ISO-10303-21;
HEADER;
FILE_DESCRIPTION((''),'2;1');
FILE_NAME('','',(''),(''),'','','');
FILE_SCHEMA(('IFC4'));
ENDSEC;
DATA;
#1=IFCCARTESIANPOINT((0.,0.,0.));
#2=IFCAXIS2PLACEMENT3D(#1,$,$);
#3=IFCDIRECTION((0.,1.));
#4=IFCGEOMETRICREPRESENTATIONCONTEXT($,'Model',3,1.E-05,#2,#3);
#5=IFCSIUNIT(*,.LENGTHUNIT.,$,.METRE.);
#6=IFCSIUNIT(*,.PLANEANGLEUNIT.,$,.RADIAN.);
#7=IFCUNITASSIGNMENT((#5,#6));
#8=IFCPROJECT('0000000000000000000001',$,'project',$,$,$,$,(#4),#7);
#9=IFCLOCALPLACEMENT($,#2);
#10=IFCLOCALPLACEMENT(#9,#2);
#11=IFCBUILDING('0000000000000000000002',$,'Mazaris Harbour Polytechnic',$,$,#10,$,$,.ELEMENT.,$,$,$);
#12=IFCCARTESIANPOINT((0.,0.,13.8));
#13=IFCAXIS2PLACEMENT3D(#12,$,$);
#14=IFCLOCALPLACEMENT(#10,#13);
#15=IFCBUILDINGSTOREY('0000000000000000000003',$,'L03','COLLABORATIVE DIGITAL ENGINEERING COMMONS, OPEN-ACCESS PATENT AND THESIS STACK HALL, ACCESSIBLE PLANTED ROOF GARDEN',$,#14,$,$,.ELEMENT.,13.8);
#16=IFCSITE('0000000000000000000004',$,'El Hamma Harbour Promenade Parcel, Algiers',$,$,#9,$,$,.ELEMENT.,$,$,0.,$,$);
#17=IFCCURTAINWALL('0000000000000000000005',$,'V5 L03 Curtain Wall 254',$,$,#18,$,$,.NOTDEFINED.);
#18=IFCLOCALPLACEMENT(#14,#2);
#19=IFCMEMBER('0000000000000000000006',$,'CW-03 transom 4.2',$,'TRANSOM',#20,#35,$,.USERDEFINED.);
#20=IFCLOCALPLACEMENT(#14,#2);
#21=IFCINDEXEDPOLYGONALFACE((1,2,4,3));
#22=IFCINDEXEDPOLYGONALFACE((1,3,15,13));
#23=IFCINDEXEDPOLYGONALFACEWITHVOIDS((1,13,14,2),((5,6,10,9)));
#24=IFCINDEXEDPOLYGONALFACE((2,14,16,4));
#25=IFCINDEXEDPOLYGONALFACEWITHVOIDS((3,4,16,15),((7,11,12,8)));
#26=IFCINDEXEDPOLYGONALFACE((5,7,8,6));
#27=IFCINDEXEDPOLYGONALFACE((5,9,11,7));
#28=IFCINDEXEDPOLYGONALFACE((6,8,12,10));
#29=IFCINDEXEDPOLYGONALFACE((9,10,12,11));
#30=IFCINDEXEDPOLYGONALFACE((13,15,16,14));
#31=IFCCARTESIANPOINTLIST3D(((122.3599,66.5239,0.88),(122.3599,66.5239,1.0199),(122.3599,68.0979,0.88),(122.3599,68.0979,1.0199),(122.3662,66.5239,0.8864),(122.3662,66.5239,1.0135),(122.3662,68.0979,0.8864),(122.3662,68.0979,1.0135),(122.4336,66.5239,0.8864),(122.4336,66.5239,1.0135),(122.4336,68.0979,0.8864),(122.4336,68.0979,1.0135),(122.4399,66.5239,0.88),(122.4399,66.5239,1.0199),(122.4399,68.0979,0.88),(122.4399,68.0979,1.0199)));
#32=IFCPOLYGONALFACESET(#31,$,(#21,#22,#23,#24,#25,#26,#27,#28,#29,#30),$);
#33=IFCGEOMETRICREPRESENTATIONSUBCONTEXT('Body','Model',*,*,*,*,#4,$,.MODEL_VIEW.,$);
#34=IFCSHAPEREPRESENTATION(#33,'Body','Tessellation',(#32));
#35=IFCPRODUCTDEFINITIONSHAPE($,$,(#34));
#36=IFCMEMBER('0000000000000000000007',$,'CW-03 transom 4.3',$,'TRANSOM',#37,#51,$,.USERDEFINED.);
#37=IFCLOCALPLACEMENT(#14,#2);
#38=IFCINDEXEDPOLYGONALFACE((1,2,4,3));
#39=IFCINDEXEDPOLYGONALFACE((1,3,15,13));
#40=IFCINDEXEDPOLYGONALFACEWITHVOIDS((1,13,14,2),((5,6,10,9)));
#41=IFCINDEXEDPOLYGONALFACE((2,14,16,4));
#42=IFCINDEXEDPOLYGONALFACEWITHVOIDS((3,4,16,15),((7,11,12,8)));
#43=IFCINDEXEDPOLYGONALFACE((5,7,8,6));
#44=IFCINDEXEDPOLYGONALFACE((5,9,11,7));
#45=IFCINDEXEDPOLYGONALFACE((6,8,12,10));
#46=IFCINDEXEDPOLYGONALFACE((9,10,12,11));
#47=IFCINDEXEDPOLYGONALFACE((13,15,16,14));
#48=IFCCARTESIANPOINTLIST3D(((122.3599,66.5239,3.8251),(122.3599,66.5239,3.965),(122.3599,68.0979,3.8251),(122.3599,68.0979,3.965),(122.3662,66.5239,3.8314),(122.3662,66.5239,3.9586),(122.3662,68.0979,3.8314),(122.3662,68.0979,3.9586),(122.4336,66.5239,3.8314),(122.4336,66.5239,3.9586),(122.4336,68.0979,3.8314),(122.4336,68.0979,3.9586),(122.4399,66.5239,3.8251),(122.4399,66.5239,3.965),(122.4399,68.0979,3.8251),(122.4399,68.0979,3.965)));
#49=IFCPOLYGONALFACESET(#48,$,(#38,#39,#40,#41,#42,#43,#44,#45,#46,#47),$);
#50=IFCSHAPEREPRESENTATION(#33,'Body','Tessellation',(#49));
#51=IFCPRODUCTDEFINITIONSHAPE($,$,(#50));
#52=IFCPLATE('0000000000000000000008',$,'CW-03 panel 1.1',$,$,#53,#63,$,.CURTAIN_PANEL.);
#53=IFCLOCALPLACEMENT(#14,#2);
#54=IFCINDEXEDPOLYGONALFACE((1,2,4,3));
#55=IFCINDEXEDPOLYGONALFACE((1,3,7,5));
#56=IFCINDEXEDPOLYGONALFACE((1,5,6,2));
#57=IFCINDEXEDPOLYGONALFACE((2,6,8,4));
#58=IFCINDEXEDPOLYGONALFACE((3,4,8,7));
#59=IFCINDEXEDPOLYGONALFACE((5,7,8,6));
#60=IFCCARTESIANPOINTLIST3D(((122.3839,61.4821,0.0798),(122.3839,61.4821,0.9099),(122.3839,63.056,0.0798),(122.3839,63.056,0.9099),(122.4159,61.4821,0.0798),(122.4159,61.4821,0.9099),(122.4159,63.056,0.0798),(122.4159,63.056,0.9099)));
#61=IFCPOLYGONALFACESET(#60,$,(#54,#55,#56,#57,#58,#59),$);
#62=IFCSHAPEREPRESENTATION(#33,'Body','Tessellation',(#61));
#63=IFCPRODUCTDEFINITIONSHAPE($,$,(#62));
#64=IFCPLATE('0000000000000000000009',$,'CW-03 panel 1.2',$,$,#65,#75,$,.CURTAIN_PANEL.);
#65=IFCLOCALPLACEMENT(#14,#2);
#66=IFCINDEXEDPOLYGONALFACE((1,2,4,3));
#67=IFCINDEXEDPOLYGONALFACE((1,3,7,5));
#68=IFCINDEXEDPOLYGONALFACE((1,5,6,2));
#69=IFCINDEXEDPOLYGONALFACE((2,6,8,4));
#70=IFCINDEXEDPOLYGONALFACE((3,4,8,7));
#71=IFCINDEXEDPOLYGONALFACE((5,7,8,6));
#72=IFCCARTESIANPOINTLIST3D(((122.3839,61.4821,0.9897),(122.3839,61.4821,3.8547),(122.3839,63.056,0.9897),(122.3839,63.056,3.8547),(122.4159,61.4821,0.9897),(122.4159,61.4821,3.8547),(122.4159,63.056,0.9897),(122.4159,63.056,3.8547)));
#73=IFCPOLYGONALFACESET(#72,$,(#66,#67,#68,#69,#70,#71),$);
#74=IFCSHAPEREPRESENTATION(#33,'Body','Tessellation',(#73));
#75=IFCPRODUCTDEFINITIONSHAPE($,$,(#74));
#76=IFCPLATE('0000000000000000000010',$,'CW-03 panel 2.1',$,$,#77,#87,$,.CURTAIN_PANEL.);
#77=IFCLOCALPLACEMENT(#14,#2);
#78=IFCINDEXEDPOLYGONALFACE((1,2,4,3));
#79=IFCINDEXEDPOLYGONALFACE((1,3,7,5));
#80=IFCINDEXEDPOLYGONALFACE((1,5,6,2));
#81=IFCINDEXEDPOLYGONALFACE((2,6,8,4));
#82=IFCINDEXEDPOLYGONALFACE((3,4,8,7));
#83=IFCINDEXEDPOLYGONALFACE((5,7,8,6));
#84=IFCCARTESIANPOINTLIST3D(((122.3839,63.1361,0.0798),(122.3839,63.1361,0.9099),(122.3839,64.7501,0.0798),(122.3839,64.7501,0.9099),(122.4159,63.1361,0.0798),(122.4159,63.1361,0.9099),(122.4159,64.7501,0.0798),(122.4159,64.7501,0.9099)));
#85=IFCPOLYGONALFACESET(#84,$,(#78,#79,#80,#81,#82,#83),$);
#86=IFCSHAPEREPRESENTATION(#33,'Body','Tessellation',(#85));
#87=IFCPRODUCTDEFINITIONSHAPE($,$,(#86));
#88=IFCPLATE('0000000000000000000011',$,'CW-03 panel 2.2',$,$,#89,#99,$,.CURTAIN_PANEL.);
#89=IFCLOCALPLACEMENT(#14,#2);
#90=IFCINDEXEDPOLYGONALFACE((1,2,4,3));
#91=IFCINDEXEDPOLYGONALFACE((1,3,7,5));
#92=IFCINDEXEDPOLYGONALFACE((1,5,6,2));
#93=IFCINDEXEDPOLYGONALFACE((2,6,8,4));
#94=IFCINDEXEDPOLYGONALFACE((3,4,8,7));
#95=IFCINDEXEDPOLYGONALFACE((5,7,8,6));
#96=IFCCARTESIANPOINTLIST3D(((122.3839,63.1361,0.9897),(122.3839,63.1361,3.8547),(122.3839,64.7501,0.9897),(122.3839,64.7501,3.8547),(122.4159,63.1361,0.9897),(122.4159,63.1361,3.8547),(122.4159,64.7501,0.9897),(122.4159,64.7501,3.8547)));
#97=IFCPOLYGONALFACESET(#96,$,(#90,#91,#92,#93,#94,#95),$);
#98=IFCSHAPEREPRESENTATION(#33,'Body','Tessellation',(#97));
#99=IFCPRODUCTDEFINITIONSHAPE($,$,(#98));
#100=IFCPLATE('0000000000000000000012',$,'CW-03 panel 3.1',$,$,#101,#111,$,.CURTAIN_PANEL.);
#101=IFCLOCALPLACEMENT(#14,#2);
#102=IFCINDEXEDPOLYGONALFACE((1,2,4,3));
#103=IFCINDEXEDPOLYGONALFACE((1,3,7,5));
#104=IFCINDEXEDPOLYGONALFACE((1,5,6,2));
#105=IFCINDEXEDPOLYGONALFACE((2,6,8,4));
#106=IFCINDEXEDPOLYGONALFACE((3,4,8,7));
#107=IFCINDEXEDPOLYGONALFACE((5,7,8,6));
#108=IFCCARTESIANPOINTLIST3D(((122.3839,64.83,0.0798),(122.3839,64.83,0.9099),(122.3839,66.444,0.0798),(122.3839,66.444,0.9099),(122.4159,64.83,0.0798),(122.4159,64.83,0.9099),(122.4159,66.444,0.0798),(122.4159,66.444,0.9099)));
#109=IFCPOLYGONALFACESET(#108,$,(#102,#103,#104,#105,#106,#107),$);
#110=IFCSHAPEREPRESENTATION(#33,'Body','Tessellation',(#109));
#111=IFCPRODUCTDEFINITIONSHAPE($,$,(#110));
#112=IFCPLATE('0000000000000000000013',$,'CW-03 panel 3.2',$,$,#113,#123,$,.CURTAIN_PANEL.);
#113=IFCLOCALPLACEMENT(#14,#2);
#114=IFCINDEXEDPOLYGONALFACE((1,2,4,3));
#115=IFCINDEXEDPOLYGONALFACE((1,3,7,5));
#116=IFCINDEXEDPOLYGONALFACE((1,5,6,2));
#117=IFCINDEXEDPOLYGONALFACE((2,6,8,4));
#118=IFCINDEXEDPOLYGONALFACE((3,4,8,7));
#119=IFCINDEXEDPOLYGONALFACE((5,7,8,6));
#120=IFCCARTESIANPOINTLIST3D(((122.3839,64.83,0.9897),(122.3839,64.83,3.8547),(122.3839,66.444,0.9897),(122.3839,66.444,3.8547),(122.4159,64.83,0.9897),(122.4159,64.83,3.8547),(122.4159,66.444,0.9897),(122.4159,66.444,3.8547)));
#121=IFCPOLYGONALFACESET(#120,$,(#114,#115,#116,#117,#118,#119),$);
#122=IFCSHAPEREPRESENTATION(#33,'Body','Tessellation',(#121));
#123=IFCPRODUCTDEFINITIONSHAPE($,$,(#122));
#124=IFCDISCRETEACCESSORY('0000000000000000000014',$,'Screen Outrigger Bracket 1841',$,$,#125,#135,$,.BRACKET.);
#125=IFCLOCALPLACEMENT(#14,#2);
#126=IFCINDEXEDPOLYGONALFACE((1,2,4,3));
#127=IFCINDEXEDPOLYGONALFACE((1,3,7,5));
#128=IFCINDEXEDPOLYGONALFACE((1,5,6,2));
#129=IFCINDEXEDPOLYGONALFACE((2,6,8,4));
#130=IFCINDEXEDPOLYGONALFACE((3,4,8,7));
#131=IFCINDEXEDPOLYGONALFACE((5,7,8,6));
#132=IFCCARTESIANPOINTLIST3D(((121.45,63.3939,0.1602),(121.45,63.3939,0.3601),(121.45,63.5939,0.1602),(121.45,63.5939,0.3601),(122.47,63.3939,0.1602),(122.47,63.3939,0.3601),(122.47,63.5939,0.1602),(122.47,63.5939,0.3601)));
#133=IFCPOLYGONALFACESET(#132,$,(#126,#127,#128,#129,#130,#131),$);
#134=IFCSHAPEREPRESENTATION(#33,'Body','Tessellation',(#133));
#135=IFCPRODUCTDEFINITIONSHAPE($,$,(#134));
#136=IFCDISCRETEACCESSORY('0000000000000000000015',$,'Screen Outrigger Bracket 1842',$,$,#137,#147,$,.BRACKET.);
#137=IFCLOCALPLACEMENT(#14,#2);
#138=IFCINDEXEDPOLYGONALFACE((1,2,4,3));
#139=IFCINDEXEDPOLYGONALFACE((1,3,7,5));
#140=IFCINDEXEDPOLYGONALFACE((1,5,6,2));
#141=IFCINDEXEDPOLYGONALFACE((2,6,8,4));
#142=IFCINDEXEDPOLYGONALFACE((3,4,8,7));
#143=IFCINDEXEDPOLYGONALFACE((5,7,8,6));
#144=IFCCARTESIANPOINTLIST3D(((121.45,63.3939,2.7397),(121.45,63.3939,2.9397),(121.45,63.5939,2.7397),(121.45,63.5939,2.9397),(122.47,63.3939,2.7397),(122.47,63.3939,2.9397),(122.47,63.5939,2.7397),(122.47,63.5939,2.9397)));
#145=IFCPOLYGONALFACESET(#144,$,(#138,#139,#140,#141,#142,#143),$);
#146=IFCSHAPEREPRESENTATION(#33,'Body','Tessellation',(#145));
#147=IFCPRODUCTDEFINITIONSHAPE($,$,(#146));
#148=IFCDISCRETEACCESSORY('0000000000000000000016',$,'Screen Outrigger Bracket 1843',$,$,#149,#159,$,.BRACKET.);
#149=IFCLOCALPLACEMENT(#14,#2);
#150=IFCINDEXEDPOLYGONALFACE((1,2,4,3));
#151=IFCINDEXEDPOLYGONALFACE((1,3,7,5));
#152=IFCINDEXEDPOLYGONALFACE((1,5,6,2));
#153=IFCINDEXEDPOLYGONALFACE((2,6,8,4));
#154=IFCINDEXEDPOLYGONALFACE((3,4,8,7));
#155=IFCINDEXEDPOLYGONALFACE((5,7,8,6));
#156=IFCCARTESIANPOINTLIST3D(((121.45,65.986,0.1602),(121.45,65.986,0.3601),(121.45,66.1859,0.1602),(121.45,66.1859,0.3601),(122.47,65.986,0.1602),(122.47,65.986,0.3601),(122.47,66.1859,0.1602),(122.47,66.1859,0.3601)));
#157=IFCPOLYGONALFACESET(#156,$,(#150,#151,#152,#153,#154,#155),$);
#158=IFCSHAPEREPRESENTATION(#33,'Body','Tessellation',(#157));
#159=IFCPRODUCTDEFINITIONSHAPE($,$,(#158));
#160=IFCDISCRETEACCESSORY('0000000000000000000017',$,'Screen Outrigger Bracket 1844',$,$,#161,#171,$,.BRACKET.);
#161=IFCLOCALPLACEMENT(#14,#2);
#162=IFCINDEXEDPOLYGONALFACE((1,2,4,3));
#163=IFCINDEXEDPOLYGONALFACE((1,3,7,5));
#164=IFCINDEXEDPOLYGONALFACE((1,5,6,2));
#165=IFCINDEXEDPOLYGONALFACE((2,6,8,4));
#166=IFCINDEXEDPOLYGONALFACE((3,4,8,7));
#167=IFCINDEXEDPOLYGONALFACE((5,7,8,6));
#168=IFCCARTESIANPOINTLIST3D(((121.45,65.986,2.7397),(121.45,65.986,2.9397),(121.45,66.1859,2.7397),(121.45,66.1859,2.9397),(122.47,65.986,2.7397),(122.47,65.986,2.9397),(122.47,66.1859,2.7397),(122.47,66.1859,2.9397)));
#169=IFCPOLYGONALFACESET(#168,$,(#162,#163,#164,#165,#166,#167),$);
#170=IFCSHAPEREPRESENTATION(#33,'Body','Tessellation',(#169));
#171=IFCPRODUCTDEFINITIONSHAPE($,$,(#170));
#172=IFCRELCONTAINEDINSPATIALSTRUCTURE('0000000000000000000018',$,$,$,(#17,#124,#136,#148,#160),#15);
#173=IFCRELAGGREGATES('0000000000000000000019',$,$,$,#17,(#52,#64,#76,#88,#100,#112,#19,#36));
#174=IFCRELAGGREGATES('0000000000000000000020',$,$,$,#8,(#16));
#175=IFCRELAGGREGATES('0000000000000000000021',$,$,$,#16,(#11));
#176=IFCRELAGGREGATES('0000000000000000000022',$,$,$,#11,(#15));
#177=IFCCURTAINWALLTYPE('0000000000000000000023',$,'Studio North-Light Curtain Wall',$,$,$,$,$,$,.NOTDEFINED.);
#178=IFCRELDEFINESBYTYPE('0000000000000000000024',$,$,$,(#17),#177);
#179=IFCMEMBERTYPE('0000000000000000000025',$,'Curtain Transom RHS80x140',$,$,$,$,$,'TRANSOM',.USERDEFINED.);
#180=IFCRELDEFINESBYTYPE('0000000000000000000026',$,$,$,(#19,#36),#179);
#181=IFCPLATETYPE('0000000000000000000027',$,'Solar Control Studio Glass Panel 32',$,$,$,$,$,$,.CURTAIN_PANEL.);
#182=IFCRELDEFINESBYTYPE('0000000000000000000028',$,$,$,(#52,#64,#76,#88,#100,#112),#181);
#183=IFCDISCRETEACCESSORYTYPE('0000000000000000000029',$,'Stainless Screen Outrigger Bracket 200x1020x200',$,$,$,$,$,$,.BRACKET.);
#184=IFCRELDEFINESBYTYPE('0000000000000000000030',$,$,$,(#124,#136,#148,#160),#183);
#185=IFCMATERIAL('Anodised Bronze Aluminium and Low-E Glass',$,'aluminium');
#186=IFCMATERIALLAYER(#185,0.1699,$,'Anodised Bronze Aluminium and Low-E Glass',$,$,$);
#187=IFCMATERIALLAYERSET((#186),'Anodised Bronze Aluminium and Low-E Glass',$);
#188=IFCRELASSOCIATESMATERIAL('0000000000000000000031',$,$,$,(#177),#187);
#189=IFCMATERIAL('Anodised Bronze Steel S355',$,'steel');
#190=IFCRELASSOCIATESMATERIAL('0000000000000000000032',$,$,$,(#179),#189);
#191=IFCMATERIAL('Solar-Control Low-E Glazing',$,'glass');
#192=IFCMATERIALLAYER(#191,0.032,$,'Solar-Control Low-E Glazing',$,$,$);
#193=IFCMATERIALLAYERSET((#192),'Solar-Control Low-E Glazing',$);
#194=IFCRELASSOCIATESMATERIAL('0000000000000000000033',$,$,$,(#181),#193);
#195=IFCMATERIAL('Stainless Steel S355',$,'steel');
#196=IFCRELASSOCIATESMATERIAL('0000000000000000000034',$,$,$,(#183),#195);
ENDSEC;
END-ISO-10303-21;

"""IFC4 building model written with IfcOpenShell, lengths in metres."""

from ifc_helpers import new_model, si_unit, direction, frame, origin, origin_2d, place, context, subcontext, project, spatial, rectangle, hollow_rectangle, extrude, material, layer, layer_set, material_profile, profile_set, type_object, element, aggregate, save


model = new_model("IFC4")

# Units and contexts
model_context = context("Model", 3, precision=1e-05, world=origin(), true_north=direction((0.0, 1.0)))
body_context = subcontext(model_context, "Body", "Model", "MODEL_VIEW")
ifc_project = project(units=[si_unit("LENGTHUNIT", "METRE"), si_unit("PLANEANGLEUNIT", "RADIAN")], contexts=[model_context])

# Site, building, storey
site_placement = place(None, origin())
site = spatial("IfcSite", under=ifc_project, at=site_placement, Name="El Hamma Harbour Promenade Parcel, Algiers", CompositionType="ELEMENT", RefElevation=0.0)
building_placement = place(site_placement, origin())
building = spatial("IfcBuilding", under=site, at=building_placement, Name="Mazaris Harbour Polytechnic", CompositionType="ELEMENT")
storey_placement = place(building_placement, frame((0.0, 0.0, 13.8)))
storey = spatial("IfcBuildingStorey", under=building, at=storey_placement, Name="L03", Description="COLLABORATIVE DIGITAL ENGINEERING COMMONS, OPEN-ACCESS PATENT AND THESIS STACK HALL, ACCESSIBLE PLANTED ROOF GARDEN", CompositionType="ELEMENT", Elevation=13.8)

# Curtain wall, members, plates
ifc_material_1 = material(Name="Anodised Bronze Aluminium and Low-E Glass", Category="aluminium")
ifc_layer_1 = layer(ifc_material_1, 0.1699, Name="Anodised Bronze Aluminium and Low-E Glass")
ifc_layer_set_1 = layer_set([ifc_layer_1], Name="Anodised Bronze Aluminium and Low-E Glass")
curtain_wall_type = type_object("IfcCurtainWallType", Name="Studio North-Light Curtain Wall", PredefinedType="NOTDEFINED", material=ifc_layer_set_1)
curtain_wall_placement = place(storey_placement, origin())
curtain_wall = element("IfcCurtainWall", 1, at=curtain_wall_placement, inside=storey, type_object=curtain_wall_type, Name="V5 L03 Curtain Wall 254", PredefinedType="NOTDEFINED")
ifc_material_2 = material(Name="Anodised Bronze Steel S355", Category="steel")
ifc_material_profile_1 = material_profile(ifc_material_2, hollow_rectangle(XDim=0.0801, YDim=0.1399, WallThickness=0.0063, at=origin_2d()), Name="RHS 80x140x6.3")
ifc_profile_set_1 = profile_set([ifc_material_profile_1], Name="Anodised Bronze Steel S355")
member_type_1 = type_object("IfcMemberType", Name="Curtain Transom RHS80x140", ElementType="TRANSOM", PredefinedType="USERDEFINED", material=ifc_profile_set_1)
member_1_placement = place(storey_placement, frame((122.3999, 66.5239, 0.95), z_axis=(0.0, 1.0, 0.0), x_axis=(-1.0, 0.0, 0.0)))
member_1 = element("IfcMember", 2, at=member_1_placement, type_object=member_type_1, Name="CW-03 transom 4.2", ObjectType="TRANSOM", PredefinedType="USERDEFINED", context=body_context, shape_type="SweptSolid", body=[
    extrude(hollow_rectangle(XDim=0.0801, YDim=0.1399, WallThickness=0.0063, at=origin_2d()), origin(), (0.0, 0.0, 1.0), 1.574),
])
member_2_placement = place(storey_placement, frame((122.3999, 66.5239, 3.895), z_axis=(0.0, 1.0, 0.0), x_axis=(-1.0, 0.0, 0.0)))
member_2 = element("IfcMember", 3, at=member_2_placement, type_object=member_type_1, Name="CW-03 transom 4.3", ObjectType="TRANSOM", PredefinedType="USERDEFINED", context=body_context, shape_type="SweptSolid", body=[
    extrude(hollow_rectangle(XDim=0.0801, YDim=0.1399, WallThickness=0.0063, at=origin_2d()), origin(), (0.0, 0.0, 1.0), 1.574),
])
ifc_material_3 = material(Name="Solar-Control Low-E Glazing", Category="glass")
ifc_layer_2 = layer(ifc_material_3, 0.032, Name="Solar-Control Low-E Glazing")
ifc_layer_set_2 = layer_set([ifc_layer_2], Name="Solar-Control Low-E Glazing")
plate_type = type_object("IfcPlateType", Name="Solar Control Studio Glass Panel 32", PredefinedType="CURTAIN_PANEL", material=ifc_layer_set_2)
plate_1_placement = place(storey_placement, frame((122.3999, 62.269, 0.0798), z_axis=(0.0, 0.0, 1.0), x_axis=(0.0, 1.0, 0.0)))
plate_1 = element("IfcPlate", 4, at=plate_1_placement, type_object=plate_type, Name="CW-03 panel 1.1", PredefinedType="CURTAIN_PANEL", context=body_context, shape_type="SweptSolid", body=[
    extrude(rectangle(XDim=1.574, YDim=0.032, at=origin_2d()), origin(), (0.0, 0.0, 1.0), 0.8301),
])
plate_2_placement = place(storey_placement, frame((122.3999, 62.269, 0.9897), z_axis=(0.0, 0.0, 1.0), x_axis=(0.0, 1.0, 0.0)))
plate_2 = element("IfcPlate", 5, at=plate_2_placement, type_object=plate_type, Name="CW-03 panel 1.2", PredefinedType="CURTAIN_PANEL", context=body_context, shape_type="SweptSolid", body=[
    extrude(rectangle(XDim=1.574, YDim=0.032, at=origin_2d()), origin(), (0.0, 0.0, 1.0), 2.865),
])
plate_3_placement = place(storey_placement, frame((122.3999, 63.9431, 0.0798), z_axis=(0.0, 0.0, 1.0), x_axis=(0.0, 1.0, 0.0)))
plate_3 = element("IfcPlate", 6, at=plate_3_placement, type_object=plate_type, Name="CW-03 panel 2.1", PredefinedType="CURTAIN_PANEL", context=body_context, shape_type="SweptSolid", body=[
    extrude(rectangle(XDim=1.614, YDim=0.032, at=origin_2d()), origin(), (0.0, 0.0, 1.0), 0.8301),
])
plate_4_placement = place(storey_placement, frame((122.3999, 63.9431, 0.9897), z_axis=(0.0, 0.0, 1.0), x_axis=(0.0, 1.0, 0.0)))
plate_4 = element("IfcPlate", 7, at=plate_4_placement, type_object=plate_type, Name="CW-03 panel 2.2", PredefinedType="CURTAIN_PANEL", context=body_context, shape_type="SweptSolid", body=[
    extrude(rectangle(XDim=1.614, YDim=0.032, at=origin_2d()), origin(), (0.0, 0.0, 1.0), 2.865),
])
plate_5_placement = place(storey_placement, frame((122.3999, 65.637, 0.0798), z_axis=(0.0, 0.0, 1.0), x_axis=(0.0, 1.0, 0.0)))
plate_5 = element("IfcPlate", 8, at=plate_5_placement, type_object=plate_type, Name="CW-03 panel 3.1", PredefinedType="CURTAIN_PANEL", context=body_context, shape_type="SweptSolid", body=[
    extrude(rectangle(XDim=1.614, YDim=0.032, at=origin_2d()), origin(), (0.0, 0.0, 1.0), 0.8301),
])
plate_6_placement = place(storey_placement, frame((122.3999, 65.637, 0.9897), z_axis=(0.0, 0.0, 1.0), x_axis=(0.0, 1.0, 0.0)))
plate_6 = element("IfcPlate", 9, at=plate_6_placement, type_object=plate_type, Name="CW-03 panel 3.2", PredefinedType="CURTAIN_PANEL", context=body_context, shape_type="SweptSolid", body=[
    extrude(rectangle(XDim=1.614, YDim=0.032, at=origin_2d()), origin(), (0.0, 0.0, 1.0), 2.865),
])
aggregate(curtain_wall, [plate_1, plate_2, plate_3, plate_4, plate_5, plate_6, member_1, member_2])

# Discrete accessories
ifc_material_4 = material(Name="Stainless Steel S355", Category="steel")
discrete_accessory_type = type_object("IfcDiscreteAccessoryType", Name="Stainless Screen Outrigger Bracket 200x1020x200", PredefinedType="BRACKET", material=ifc_material_4)
for number, where, z_axis, x_axis, name in (
    (10, (121.96, 63.4939, 0.1602), (0.0, 0.0, 1.0), (0.0, 1.0, 0.0), "Screen Outrigger Bracket 1841"),
    (11, (121.96, 63.4939, 2.7397), (0.0, 0.0, 1.0), (0.0, 1.0, 0.0), "Screen Outrigger Bracket 1842"),
    (12, (121.96, 66.0859, 0.1602), (0.0, 0.0, 1.0), (0.0, 1.0, 0.0), "Screen Outrigger Bracket 1843"),
    (13, (121.96, 66.0859, 2.7397), (0.0, 0.0, 1.0), (0.0, 1.0, 0.0), "Screen Outrigger Bracket 1844"),
):
    element("IfcDiscreteAccessory", number, at=place(storey_placement, frame(where, z_axis=z_axis, x_axis=x_axis)), inside=storey, type_object=discrete_accessory_type, Name=name, PredefinedType="BRACKET", context=body_context, shape_type="SweptSolid", body=[
        extrude(rectangle(XDim=0.2, YDim=1.02, at=origin_2d()), origin(), (0.0, 0.0, 1.0), 0.2),
    ])

save(model, "model.ifc")
